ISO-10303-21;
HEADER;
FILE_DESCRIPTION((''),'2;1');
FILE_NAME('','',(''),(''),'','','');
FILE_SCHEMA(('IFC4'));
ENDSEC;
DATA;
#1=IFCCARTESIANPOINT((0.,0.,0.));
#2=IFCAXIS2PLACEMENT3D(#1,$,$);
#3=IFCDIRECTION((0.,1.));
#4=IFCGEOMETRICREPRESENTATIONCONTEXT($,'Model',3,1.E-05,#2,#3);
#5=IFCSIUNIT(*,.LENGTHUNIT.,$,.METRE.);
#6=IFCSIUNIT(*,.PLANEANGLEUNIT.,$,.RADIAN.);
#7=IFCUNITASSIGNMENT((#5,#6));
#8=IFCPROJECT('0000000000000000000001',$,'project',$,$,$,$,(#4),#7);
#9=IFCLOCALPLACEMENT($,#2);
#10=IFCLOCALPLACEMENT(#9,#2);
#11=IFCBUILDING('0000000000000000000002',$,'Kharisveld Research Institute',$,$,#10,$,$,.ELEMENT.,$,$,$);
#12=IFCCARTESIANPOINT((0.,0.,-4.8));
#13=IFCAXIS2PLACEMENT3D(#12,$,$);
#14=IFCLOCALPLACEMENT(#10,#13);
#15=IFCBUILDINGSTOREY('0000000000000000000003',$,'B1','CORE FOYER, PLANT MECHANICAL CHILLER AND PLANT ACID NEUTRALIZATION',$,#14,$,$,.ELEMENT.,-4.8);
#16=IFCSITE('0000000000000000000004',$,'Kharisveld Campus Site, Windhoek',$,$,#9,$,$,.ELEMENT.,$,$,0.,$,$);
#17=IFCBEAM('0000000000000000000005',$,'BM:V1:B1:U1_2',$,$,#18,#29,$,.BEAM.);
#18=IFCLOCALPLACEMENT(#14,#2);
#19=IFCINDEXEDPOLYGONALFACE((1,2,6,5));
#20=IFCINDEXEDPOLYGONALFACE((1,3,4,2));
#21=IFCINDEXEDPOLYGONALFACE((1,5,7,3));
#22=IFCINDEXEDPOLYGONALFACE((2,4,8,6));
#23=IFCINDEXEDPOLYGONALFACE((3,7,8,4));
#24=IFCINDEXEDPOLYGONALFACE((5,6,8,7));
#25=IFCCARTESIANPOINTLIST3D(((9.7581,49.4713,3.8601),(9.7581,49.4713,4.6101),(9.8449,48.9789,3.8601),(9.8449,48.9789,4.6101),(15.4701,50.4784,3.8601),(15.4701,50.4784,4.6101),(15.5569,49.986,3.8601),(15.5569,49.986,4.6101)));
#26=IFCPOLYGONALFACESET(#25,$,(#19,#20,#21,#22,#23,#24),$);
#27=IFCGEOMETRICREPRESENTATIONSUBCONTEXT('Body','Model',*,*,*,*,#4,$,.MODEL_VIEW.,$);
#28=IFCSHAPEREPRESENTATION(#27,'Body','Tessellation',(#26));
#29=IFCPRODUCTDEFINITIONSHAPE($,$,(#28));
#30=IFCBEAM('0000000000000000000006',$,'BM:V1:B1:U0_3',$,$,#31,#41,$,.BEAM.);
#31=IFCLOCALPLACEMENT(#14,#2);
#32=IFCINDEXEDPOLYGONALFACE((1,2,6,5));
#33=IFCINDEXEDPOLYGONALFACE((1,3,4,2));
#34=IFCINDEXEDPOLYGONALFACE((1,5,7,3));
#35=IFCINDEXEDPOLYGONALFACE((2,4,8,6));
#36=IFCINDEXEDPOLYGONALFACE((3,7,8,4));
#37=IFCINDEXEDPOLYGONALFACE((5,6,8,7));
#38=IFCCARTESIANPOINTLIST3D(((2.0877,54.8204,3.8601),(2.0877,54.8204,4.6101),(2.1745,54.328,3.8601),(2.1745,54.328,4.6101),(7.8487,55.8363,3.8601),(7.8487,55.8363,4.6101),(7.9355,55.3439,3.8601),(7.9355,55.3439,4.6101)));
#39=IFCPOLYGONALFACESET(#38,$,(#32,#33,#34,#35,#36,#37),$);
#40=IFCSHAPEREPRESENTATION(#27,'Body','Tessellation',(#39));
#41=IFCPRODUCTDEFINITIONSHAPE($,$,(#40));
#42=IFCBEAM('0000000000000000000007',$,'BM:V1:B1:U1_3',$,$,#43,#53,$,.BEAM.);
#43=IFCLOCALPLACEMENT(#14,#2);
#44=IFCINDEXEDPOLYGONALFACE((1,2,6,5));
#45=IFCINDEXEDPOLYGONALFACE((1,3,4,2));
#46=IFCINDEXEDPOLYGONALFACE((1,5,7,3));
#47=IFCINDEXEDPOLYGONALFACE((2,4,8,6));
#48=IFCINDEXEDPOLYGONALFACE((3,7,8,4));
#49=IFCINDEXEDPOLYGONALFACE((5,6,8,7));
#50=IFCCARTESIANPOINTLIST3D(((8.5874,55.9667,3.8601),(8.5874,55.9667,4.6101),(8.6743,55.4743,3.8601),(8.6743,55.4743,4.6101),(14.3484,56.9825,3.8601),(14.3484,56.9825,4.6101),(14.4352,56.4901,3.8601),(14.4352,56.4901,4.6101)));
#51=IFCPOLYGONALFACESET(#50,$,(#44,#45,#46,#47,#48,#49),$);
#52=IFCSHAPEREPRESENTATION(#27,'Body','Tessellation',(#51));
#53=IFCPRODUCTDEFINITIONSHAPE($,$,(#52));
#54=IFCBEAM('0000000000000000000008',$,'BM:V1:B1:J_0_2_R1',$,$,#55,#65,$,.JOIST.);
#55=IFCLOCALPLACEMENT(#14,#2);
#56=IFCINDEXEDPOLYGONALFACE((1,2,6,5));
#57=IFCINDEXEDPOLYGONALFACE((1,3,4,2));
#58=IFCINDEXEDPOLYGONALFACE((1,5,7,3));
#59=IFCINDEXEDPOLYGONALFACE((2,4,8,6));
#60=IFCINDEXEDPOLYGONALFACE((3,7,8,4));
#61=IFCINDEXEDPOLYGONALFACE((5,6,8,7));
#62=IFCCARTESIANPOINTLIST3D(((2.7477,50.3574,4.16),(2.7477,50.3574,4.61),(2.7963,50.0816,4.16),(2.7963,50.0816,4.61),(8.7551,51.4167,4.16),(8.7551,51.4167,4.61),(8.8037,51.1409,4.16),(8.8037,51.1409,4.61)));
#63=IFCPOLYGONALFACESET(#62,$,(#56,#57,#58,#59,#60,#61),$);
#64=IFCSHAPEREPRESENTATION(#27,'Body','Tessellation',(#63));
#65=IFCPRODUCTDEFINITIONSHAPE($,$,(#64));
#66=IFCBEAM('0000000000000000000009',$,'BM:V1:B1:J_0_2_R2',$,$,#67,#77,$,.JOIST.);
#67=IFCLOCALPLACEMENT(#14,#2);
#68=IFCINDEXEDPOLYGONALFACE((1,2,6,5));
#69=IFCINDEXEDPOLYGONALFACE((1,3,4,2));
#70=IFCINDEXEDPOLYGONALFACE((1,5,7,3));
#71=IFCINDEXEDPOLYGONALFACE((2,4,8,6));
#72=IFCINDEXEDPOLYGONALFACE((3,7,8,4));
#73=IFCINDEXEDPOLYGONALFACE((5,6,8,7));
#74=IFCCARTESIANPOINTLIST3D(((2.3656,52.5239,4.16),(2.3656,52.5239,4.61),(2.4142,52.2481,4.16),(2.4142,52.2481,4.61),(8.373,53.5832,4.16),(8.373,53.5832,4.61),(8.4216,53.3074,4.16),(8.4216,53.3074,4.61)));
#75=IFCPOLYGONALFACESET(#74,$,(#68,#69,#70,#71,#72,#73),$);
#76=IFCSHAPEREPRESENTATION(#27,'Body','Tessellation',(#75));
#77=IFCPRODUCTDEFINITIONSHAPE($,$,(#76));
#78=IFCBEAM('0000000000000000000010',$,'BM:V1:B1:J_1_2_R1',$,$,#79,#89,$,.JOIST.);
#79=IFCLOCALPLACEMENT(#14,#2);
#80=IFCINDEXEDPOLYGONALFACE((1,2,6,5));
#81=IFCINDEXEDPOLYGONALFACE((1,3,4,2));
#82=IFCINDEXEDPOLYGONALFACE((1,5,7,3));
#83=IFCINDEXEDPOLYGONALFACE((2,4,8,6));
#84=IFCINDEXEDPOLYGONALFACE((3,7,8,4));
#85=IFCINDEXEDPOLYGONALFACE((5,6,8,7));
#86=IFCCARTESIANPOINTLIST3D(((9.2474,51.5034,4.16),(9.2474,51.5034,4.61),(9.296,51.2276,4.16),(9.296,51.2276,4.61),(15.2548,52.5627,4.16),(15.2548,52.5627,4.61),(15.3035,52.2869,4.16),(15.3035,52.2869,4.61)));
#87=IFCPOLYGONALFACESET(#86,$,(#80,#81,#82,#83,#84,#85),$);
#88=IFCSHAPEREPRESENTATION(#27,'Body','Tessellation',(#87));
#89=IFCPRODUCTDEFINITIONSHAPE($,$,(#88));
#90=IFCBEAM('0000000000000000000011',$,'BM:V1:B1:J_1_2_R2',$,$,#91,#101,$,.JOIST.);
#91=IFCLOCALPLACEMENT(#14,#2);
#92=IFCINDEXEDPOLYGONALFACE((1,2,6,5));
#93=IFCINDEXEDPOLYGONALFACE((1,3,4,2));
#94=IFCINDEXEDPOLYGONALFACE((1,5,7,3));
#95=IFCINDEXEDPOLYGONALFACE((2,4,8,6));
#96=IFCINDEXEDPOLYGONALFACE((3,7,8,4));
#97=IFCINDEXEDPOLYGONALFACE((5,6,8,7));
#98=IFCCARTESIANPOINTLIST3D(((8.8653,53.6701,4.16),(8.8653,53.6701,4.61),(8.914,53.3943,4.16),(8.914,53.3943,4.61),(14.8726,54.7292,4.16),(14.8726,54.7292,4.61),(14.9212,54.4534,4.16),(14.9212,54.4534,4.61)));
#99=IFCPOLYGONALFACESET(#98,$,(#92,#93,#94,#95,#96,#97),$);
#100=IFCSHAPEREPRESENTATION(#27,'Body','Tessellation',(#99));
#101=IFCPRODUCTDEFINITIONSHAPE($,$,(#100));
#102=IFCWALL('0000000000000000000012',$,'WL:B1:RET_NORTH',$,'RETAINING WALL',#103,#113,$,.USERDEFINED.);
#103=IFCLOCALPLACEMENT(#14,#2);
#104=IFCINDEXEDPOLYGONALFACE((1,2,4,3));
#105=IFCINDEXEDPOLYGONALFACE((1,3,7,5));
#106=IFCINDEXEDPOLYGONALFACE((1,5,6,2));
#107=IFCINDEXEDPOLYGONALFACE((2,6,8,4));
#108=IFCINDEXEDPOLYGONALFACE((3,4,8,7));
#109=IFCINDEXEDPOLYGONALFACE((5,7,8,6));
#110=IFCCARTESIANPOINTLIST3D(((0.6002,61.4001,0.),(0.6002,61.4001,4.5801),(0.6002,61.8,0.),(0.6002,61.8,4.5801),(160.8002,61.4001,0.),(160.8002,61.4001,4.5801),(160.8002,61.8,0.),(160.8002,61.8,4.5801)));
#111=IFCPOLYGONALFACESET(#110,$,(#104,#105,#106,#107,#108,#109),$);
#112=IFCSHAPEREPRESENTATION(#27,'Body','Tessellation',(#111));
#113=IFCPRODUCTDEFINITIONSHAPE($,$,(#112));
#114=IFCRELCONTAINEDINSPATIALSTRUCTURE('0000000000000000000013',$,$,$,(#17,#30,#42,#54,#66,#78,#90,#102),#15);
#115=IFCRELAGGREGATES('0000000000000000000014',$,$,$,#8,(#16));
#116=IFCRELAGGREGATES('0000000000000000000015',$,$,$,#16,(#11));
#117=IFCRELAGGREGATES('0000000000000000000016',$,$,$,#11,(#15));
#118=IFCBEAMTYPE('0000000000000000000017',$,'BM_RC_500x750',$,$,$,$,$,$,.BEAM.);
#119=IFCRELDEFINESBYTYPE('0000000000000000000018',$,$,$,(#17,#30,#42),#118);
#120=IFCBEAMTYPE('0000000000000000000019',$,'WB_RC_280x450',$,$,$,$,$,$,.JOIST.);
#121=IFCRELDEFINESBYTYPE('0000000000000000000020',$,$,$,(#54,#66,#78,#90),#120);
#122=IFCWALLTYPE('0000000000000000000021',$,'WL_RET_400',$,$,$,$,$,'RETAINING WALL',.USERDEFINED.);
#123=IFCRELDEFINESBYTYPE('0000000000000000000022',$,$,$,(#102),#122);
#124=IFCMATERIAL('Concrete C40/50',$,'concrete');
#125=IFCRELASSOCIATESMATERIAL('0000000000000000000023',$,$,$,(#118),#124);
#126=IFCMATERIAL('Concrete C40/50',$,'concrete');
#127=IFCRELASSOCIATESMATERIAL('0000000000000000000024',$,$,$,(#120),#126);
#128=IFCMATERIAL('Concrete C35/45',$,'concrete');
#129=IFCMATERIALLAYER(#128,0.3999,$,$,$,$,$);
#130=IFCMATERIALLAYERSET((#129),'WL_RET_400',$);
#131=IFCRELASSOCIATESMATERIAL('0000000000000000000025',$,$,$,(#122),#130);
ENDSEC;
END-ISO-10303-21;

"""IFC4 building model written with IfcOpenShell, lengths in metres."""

from ifc_helpers import new_model, si_unit, direction, frame, frame_2d, origin, origin_2d, place, context, subcontext, project, spatial, rectangle, extrude, material, layer, layer_set, material_profile, profile_set, type_object, element, save


model = new_model("IFC4")

# Units and contexts
model_context = context("Model", 3, precision=1e-05, world=origin(), true_north=direction((0.0, 1.0)))
body_context = subcontext(model_context, "Body", "Model", "MODEL_VIEW")
ifc_project = project(units=[si_unit("LENGTHUNIT", "METRE"), si_unit("PLANEANGLEUNIT", "RADIAN")], contexts=[model_context])

# Site, building, storey
site_placement = place(None, origin())
site = spatial("IfcSite", under=ifc_project, at=site_placement, Name="Kharisveld Campus Site, Windhoek", CompositionType="ELEMENT", RefElevation=0.0)
building_placement = place(site_placement, origin())
building = spatial("IfcBuilding", under=site, at=building_placement, Name="Kharisveld Research Institute", CompositionType="ELEMENT")
storey_placement = place(building_placement, frame((0.0, 0.0, -4.8)))
storey = spatial("IfcBuildingStorey", under=building, at=storey_placement, Name="B1", Description="CORE FOYER, PLANT MECHANICAL CHILLER AND PLANT ACID NEUTRALIZATION", CompositionType="ELEMENT", Elevation=-4.8)

# Beams
ifc_material_1 = material(Name="Concrete C40/50", Category="concrete")
ifc_material_profile_1 = material_profile(ifc_material_1, rectangle(XDim=0.5, YDim=0.75, at=origin_2d()))
ifc_profile_set_1 = profile_set([ifc_material_profile_1], Name="Concrete C40/50")
beam_type_1 = type_object("IfcBeamType", Name="BM_RC_500x750", PredefinedType="BEAM", material=ifc_profile_set_1)
beam_1_placement = place(storey_placement, frame((9.8015, 49.2251, 4.2351), z_axis=(0.98481, 0.173634, 0.0), x_axis=(-0.173634, 0.98481, 0.0)))
element("IfcBeam", 1, at=beam_1_placement, inside=storey, type_object=beam_type_1, Name="BM:V1:B1:U1_2", PredefinedType="BEAM", context=body_context, shape_type="SweptSolid", body=[
    extrude(rectangle(XDim=0.5, YDim=0.75, at=origin_2d()), origin(), (0.0, 0.0, 1.0), 5.8),
])
for number, where, z_axis, x_axis, name in (
    (2, (2.1311, 54.5742, 4.2351), (0.984806, 0.173657, 0.0), (-0.173657, 0.984806, 0.0), "BM:V1:B1:U0_3"),
    (3, (8.6309, 55.7205, 4.2351), (0.984806, 0.173657, 0.0), (-0.173657, 0.984806, 0.0), "BM:V1:B1:U1_3"),
):
    element("IfcBeam", number, at=place(storey_placement, frame(where, z_axis=z_axis, x_axis=x_axis)), inside=storey, type_object=beam_type_1, Name=name, PredefinedType="BEAM", context=body_context, shape_type="SweptSolid", body=[
        extrude(rectangle(XDim=0.5, YDim=0.75, at=origin_2d()), origin(), (0.0, 0.0, 1.0), 5.8499),
    ])
ifc_material_2 = material(Name="Concrete C40/50", Category="concrete")
ifc_material_profile_2 = material_profile(ifc_material_2, rectangle(XDim=0.28, YDim=0.45, at=origin_2d()))
ifc_profile_set_2 = profile_set([ifc_material_profile_2], Name="Concrete C40/50")
beam_type_2 = type_object("IfcBeamType", Name="WB_RC_280x450", PredefinedType="JOIST", material=ifc_profile_set_2)
for number, where, z_axis, x_axis, name in (
    (4, (2.772, 50.2195, 4.385), (0.984806, 0.17366, 0.0), (-0.17366, 0.984806, 0.0), "BM:V1:B1:J_0_2_R1"),
    (5, (2.3899, 52.386, 4.385), (0.984806, 0.17366, 0.0), (-0.17366, 0.984806, 0.0), "BM:V1:B1:J_0_2_R2"),
    (6, (9.2717, 51.3655, 4.385), (0.984806, 0.17366, 0.0), (-0.17366, 0.984806, 0.0), "BM:V1:B1:J_1_2_R1"),
):
    element("IfcBeam", number, at=place(storey_placement, frame(where, z_axis=z_axis, x_axis=x_axis)), inside=storey, type_object=beam_type_2, Name=name, PredefinedType="JOIST", context=body_context, shape_type="SweptSolid", body=[
        extrude(rectangle(XDim=0.28, YDim=0.45, at=origin_2d()), origin(), (0.0, 0.0, 1.0), 6.1001),
    ])
beam_2_placement = place(storey_placement, frame((8.8896, 53.5322, 4.385), z_axis=(0.984813, 0.173621, 0.0), x_axis=(-0.173621, 0.984813, 0.0)))
element("IfcBeam", 7, at=beam_2_placement, inside=storey, type_object=beam_type_2, Name="BM:V1:B1:J_1_2_R2", PredefinedType="JOIST", context=body_context, shape_type="SweptSolid", body=[
    extrude(rectangle(XDim=0.28, YDim=0.45, at=origin_2d()), origin(), (0.0, 0.0, 1.0), 6.0999),
])

# Wall
ifc_material_3 = material(Name="Concrete C35/45", Category="concrete")
ifc_layer = layer(ifc_material_3, 0.3999)
ifc_layer_set = layer_set([ifc_layer], Name="WL_RET_400")
wall_type = type_object("IfcWallType", Name="WL_RET_400", ElementType="RETAINING WALL", PredefinedType="USERDEFINED", material=ifc_layer_set)
wall_placement = place(storey_placement, frame((0.6001, 61.6001, 0.0), z_axis=(0.0, 0.0, 1.0), x_axis=(1.0, 0.0, 0.0)))
element("IfcWall", 8, at=wall_placement, inside=storey, type_object=wall_type, Name="WL:B1:RET_NORTH", ObjectType="RETAINING WALL", PredefinedType="USERDEFINED", context=body_context, shape_type="SweptSolid", body=[
    extrude(rectangle(XDim=160.2, YDim=0.3999, at=frame_2d((80.1001, 0.0))), origin(), (0.0, 0.0, 1.0), 4.5801),
])

save(model, "model.ifc")
